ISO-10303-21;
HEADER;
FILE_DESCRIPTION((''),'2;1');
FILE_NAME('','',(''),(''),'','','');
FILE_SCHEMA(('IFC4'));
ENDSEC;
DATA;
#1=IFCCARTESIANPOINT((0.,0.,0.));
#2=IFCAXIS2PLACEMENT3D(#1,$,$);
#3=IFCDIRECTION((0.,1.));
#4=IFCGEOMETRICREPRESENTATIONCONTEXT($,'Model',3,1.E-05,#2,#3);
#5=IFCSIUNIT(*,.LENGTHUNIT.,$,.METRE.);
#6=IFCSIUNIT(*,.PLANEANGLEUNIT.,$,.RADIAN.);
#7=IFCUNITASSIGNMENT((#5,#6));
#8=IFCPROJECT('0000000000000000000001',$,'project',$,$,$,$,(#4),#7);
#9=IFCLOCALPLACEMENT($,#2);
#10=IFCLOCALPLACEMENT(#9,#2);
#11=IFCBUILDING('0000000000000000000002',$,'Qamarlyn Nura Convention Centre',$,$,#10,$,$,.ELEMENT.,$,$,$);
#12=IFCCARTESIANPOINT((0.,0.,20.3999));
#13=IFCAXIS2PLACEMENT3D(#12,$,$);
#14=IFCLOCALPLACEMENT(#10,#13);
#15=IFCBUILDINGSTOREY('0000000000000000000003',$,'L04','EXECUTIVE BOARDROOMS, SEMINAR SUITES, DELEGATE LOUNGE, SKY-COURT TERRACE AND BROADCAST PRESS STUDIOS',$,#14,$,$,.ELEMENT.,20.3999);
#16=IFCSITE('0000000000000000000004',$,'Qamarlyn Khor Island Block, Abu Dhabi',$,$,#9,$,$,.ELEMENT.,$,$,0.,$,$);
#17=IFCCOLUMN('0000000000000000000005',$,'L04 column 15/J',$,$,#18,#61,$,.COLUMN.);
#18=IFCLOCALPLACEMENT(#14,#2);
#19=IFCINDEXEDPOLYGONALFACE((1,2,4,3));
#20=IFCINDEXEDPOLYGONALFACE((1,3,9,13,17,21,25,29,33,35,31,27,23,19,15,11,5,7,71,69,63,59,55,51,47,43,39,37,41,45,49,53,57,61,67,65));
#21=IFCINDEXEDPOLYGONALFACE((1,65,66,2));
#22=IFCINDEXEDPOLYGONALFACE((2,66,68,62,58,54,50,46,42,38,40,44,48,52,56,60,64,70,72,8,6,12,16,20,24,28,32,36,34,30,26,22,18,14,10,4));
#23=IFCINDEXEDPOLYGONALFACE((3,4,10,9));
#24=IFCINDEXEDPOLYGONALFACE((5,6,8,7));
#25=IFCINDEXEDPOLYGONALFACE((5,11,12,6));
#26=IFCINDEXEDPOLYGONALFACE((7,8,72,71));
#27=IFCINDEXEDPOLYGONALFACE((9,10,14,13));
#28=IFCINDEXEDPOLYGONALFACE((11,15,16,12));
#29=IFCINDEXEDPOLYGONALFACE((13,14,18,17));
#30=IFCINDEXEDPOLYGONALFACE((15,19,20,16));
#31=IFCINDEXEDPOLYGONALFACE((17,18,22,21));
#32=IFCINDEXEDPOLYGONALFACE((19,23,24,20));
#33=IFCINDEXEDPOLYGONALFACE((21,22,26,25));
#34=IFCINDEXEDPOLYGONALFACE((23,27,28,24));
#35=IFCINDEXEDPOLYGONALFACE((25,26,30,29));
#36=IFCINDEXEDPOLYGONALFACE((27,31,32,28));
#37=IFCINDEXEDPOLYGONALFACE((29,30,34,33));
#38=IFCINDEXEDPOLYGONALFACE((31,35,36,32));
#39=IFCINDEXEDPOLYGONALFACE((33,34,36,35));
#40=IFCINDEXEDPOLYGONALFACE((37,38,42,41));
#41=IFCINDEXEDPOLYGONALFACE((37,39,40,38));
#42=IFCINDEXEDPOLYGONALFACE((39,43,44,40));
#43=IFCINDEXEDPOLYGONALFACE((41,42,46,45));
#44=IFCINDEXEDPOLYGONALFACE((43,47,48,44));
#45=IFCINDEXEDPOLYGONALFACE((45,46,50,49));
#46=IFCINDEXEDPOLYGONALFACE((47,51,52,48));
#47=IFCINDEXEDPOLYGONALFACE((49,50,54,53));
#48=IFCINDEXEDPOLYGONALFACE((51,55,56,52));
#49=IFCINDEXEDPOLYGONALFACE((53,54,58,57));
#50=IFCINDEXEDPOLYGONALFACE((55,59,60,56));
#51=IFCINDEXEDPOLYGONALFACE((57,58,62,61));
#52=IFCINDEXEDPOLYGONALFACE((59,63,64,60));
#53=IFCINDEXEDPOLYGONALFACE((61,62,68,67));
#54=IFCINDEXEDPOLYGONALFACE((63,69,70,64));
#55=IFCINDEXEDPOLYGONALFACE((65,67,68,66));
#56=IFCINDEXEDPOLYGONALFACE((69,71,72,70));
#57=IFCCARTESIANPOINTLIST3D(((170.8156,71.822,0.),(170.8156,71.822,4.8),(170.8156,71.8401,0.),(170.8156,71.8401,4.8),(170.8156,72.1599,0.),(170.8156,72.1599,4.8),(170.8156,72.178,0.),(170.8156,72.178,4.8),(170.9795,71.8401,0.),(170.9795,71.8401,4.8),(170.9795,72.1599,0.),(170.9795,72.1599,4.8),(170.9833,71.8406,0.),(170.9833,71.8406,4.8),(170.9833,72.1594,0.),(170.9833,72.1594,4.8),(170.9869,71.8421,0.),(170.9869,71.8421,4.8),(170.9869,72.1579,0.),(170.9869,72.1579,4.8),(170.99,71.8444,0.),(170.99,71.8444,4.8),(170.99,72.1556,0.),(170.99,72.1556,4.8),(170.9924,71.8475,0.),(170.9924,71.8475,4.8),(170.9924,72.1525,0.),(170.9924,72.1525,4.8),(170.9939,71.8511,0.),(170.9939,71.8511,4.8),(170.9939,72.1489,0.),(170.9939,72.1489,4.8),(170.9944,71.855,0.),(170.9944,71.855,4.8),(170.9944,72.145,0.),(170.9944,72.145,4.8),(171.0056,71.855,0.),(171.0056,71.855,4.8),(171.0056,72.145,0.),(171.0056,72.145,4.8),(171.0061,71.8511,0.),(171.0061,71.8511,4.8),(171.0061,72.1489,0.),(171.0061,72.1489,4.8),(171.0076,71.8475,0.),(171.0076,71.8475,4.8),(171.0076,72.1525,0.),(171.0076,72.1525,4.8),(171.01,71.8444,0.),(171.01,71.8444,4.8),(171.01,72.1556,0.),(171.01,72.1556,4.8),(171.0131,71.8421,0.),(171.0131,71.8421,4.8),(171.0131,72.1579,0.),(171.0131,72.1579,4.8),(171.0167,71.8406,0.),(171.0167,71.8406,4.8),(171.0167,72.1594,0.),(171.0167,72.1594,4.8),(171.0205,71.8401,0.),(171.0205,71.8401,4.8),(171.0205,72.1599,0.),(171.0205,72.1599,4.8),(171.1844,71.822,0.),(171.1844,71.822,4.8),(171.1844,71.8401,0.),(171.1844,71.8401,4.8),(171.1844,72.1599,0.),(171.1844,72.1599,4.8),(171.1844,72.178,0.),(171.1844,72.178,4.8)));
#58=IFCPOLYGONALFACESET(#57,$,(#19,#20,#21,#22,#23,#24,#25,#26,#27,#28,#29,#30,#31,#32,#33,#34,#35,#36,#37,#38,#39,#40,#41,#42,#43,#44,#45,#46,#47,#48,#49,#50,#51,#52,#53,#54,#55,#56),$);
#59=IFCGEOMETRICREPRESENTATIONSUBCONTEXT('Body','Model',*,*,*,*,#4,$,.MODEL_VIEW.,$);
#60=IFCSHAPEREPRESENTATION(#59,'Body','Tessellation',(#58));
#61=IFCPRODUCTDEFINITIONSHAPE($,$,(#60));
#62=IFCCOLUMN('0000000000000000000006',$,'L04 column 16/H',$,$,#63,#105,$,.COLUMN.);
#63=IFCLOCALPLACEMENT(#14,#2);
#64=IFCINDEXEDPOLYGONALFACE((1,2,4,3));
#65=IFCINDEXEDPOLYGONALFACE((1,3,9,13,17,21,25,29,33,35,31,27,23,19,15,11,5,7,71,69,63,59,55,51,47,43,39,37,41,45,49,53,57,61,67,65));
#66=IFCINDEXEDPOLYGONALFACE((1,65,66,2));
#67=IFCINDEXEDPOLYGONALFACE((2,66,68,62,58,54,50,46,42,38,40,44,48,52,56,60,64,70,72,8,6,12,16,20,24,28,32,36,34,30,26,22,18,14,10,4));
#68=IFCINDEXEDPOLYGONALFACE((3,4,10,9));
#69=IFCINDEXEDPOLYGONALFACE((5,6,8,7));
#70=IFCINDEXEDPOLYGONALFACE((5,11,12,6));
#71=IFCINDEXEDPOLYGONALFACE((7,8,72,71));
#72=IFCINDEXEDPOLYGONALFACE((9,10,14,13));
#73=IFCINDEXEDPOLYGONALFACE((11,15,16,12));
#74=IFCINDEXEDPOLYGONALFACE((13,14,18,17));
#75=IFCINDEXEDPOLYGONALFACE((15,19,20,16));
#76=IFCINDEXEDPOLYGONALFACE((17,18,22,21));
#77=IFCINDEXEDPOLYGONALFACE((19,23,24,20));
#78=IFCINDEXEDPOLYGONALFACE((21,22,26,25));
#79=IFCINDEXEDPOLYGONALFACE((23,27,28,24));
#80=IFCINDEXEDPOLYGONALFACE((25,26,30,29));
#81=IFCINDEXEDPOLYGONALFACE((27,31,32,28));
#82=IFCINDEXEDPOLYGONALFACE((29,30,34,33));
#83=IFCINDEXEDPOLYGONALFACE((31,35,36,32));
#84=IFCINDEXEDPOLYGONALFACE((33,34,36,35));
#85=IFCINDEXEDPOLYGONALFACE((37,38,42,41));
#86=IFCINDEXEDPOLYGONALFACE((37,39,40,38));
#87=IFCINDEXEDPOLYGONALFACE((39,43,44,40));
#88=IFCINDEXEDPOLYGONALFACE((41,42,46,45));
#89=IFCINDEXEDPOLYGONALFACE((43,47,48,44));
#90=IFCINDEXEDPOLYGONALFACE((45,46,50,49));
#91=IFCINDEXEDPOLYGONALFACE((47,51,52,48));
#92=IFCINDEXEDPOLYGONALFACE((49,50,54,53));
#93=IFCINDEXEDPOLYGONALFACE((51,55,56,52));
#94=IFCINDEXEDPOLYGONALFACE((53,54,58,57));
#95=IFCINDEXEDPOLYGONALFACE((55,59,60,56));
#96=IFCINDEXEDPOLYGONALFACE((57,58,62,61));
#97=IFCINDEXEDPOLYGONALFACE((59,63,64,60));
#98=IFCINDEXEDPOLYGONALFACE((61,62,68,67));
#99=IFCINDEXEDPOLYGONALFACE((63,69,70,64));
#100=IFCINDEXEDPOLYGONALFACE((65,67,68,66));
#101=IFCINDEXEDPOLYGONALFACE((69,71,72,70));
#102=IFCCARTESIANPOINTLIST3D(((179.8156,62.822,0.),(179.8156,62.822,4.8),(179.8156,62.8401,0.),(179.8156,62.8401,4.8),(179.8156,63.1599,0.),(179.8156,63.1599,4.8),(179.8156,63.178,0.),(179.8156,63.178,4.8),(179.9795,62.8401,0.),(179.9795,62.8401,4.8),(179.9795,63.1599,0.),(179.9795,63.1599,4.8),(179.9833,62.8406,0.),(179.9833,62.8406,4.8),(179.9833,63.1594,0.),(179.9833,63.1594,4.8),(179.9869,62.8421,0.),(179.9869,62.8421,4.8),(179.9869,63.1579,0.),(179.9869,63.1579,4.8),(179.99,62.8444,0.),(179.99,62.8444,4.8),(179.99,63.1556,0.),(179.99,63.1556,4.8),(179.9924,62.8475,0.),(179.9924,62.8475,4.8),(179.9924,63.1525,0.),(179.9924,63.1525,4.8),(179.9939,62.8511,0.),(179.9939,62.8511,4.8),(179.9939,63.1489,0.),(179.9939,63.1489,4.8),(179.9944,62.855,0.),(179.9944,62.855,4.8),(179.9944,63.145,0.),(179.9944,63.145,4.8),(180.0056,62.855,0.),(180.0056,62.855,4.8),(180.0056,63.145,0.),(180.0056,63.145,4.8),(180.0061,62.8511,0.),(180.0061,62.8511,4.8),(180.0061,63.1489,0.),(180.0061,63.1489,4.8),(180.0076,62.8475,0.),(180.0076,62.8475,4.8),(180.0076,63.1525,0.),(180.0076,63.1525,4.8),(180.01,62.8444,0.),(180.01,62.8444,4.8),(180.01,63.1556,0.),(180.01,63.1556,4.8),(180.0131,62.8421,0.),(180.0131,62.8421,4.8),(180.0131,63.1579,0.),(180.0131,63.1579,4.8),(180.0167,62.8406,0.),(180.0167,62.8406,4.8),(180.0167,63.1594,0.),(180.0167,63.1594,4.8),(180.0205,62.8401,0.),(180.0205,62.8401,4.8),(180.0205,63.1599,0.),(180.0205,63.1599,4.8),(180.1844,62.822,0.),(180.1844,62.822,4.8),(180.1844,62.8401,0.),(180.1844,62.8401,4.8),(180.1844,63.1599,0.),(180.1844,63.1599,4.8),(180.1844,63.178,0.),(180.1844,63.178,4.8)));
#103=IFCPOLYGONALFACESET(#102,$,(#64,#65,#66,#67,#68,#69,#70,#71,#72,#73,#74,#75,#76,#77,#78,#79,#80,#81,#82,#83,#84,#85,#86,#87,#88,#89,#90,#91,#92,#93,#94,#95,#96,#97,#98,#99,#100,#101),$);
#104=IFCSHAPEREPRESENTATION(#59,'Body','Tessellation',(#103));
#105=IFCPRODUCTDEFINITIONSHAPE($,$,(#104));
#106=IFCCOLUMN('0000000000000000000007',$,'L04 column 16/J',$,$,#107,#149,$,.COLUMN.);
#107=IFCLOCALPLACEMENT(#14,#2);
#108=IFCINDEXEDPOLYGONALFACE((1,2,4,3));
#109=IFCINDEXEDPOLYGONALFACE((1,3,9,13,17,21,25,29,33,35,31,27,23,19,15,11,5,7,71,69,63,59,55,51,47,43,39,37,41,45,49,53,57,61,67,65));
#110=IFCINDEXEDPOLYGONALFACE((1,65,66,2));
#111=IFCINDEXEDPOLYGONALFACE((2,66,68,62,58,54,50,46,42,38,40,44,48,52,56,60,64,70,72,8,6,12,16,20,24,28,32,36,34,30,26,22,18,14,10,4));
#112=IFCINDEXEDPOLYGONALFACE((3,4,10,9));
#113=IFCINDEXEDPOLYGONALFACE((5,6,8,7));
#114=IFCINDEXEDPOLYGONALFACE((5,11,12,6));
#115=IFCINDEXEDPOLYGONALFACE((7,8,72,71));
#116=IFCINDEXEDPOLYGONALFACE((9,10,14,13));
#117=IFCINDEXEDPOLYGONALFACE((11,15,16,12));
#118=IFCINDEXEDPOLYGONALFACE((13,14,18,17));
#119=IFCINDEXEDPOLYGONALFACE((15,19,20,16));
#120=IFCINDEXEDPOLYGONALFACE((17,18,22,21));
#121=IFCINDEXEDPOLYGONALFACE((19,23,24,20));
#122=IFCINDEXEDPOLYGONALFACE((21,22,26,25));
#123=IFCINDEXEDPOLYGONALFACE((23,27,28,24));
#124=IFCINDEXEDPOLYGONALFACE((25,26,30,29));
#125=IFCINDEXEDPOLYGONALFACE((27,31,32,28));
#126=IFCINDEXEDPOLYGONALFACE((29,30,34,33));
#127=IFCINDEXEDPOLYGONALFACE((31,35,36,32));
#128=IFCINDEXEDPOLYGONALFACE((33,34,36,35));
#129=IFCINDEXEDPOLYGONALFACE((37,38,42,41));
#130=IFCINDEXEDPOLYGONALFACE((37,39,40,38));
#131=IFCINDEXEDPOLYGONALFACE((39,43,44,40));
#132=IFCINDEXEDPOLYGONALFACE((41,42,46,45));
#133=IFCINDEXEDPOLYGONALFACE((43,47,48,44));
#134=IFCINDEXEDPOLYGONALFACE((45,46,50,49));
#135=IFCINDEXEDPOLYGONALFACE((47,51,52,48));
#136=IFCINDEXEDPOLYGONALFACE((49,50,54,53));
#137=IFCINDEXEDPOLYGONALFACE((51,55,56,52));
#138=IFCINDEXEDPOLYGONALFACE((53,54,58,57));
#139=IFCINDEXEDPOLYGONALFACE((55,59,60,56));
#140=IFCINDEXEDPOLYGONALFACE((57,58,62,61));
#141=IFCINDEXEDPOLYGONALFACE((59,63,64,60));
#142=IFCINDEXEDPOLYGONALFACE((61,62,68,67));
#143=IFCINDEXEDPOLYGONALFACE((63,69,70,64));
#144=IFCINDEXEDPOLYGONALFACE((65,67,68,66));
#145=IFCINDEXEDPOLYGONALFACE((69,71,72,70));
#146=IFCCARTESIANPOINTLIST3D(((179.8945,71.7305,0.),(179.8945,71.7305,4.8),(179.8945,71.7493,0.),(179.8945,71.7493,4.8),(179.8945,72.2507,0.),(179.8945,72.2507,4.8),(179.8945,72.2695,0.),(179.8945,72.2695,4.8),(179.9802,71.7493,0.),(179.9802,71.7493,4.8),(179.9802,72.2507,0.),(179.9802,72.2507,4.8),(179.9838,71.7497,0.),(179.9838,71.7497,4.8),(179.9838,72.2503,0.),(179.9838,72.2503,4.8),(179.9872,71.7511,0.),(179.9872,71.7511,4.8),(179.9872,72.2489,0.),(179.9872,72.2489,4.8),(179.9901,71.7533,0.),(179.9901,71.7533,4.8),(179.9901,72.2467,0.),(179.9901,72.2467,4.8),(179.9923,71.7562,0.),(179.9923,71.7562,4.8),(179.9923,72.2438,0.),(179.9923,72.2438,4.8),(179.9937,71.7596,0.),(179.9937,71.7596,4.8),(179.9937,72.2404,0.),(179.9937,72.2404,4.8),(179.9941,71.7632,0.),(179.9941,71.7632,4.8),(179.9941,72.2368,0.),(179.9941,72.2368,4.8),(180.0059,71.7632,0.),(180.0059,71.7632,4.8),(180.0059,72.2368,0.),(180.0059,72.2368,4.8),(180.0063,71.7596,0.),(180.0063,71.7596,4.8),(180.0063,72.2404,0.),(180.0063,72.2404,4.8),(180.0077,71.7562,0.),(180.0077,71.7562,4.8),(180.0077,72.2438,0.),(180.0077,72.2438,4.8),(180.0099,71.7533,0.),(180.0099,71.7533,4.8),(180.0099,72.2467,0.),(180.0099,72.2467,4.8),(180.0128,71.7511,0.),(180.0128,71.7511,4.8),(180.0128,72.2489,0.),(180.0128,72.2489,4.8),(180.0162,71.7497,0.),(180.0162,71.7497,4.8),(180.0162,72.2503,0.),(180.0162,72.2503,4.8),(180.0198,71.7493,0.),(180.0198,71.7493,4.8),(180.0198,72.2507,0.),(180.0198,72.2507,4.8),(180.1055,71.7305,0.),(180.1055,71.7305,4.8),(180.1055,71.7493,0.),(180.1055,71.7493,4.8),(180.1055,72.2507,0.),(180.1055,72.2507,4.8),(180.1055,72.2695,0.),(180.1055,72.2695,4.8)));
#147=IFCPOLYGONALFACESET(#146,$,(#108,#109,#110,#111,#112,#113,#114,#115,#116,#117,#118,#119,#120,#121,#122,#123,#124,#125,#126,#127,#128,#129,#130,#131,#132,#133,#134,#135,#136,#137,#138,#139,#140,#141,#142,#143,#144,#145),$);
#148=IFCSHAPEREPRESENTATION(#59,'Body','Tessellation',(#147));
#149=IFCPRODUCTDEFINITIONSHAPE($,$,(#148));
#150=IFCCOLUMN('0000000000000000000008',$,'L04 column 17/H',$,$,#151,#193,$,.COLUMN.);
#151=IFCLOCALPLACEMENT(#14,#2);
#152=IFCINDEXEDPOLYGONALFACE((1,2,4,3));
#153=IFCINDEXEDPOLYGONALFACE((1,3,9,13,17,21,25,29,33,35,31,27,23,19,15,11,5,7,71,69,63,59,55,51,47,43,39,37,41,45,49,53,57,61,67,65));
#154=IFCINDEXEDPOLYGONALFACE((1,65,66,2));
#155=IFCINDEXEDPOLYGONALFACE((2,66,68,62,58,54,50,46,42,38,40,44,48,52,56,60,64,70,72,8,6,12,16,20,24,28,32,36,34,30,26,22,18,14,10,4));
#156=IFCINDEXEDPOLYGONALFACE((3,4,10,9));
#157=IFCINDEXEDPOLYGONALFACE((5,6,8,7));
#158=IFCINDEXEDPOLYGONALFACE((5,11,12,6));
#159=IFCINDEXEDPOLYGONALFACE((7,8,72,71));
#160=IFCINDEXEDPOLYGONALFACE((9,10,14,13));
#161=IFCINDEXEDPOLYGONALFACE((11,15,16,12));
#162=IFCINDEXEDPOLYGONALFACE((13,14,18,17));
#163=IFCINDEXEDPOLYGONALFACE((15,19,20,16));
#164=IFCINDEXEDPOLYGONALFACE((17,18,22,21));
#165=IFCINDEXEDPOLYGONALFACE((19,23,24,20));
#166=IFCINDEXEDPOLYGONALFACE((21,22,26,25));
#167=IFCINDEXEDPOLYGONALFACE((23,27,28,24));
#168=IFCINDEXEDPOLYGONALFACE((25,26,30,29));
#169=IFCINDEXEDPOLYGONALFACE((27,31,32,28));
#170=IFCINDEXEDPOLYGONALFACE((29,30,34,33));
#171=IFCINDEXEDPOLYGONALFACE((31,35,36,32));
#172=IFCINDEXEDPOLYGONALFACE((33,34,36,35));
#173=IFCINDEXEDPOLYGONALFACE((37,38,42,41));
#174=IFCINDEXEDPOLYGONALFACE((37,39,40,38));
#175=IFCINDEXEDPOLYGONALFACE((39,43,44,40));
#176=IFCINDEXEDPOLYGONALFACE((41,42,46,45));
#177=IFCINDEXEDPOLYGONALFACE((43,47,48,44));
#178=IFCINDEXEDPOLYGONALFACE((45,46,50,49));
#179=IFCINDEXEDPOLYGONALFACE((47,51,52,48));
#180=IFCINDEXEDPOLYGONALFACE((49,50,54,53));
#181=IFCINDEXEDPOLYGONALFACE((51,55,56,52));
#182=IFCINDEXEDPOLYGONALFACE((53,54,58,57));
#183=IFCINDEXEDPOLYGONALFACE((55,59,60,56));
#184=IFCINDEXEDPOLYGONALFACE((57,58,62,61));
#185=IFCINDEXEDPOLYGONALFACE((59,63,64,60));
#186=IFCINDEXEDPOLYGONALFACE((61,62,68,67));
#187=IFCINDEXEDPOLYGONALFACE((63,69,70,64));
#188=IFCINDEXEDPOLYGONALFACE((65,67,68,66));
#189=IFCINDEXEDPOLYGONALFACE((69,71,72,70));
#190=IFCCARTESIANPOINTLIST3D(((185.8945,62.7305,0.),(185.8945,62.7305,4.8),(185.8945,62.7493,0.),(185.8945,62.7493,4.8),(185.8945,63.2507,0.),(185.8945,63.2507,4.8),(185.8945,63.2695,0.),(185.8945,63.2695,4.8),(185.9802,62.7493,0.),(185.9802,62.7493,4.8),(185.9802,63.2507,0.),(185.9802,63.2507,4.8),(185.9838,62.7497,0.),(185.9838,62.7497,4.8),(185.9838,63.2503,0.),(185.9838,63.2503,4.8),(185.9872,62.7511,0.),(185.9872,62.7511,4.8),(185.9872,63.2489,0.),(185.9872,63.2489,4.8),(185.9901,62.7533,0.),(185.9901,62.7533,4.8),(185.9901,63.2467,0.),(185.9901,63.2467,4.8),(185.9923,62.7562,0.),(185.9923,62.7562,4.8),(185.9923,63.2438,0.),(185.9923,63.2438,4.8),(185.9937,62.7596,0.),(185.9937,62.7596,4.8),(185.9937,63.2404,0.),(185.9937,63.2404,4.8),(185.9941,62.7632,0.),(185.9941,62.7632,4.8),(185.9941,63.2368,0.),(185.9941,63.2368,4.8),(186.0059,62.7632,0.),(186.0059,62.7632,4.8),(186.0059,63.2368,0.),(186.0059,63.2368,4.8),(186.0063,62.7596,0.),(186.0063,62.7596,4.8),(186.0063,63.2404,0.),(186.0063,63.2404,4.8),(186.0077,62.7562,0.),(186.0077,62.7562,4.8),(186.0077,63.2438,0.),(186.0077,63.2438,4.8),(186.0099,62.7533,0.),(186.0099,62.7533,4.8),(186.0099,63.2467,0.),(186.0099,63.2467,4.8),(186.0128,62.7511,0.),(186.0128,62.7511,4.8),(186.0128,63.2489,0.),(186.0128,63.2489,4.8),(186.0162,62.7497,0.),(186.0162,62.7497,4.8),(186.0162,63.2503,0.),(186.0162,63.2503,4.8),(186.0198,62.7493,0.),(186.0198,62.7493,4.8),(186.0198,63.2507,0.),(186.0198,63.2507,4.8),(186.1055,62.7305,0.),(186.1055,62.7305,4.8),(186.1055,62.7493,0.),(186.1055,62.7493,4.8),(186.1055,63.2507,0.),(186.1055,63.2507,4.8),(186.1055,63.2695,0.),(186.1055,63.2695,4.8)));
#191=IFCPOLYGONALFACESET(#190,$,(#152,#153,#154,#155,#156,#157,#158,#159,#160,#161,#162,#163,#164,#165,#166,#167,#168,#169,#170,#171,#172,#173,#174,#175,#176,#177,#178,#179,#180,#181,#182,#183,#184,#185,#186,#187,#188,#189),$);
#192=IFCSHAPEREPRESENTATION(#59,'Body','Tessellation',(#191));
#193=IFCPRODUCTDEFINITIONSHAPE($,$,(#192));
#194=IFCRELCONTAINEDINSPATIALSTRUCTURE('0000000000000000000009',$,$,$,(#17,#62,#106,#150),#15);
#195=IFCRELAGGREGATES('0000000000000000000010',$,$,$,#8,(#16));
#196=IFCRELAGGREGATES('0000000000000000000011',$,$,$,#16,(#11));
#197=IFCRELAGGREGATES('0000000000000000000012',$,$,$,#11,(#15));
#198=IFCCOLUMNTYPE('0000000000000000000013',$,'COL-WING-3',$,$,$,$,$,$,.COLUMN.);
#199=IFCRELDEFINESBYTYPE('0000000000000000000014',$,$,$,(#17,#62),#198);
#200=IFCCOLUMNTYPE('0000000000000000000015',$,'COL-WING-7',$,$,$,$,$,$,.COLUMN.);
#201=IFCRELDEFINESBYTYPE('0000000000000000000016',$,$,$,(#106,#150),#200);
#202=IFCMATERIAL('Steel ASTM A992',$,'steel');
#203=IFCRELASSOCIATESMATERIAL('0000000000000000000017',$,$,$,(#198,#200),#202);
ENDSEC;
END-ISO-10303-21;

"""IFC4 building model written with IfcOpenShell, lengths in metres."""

from ifc_helpers import new_model, si_unit, direction, frame, origin, origin_2d, place, context, subcontext, project, spatial, i_section, extrude, material, material_profile, profile_set, type_object, element, save


model = new_model("IFC4")

# Units and contexts
model_context = context("Model", 3, precision=1e-05, world=origin(), true_north=direction((0.0, 1.0)))
body_context = subcontext(model_context, "Body", "Model", "MODEL_VIEW")
ifc_project = project(units=[si_unit("LENGTHUNIT", "METRE"), si_unit("PLANEANGLEUNIT", "RADIAN")], contexts=[model_context])

# Site, building, storey
site_placement = place(None, origin())
site = spatial("IfcSite", under=ifc_project, at=site_placement, Name="Qamarlyn Khor Island Block, Abu Dhabi", CompositionType="ELEMENT", RefElevation=0.0)
building_placement = place(site_placement, origin())
building = spatial("IfcBuilding", under=site, at=building_placement, Name="Qamarlyn Nura Convention Centre", CompositionType="ELEMENT")
storey_placement = place(building_placement, frame((0.0, 0.0, 20.3999)))
storey = spatial("IfcBuildingStorey", under=building, at=storey_placement, Name="L04", Description="EXECUTIVE BOARDROOMS, SEMINAR SUITES, DELEGATE LOUNGE, SKY-COURT TERRACE AND BROADCAST PRESS STUDIOS", CompositionType="ELEMENT", Elevation=20.3999)

# Columns
ifc_material_1 = material(Name="Steel ASTM A992", Category="steel")
ifc_material_profile_1 = material_profile(ifc_material_1, i_section(OverallWidth=0.3689, OverallDepth=0.356, WebThickness=0.0112, FlangeThickness=0.0181, FilletRadius=0.0149, at=origin_2d()), Name="W360X134")
ifc_profile_set_1 = profile_set([ifc_material_profile_1], Name="Steel ASTM A992")
column_type_1 = type_object("IfcColumnType", Name="COL-WING-3", PredefinedType="COLUMN", material=ifc_profile_set_1)
for number, where, z_axis, x_axis, name in (
    (1, (171.0, 72.0, 0.0), (0.0, 0.0, 1.0), (1.0, 0.0, 0.0), "L04 column 15/J"),
    (2, (180.0, 63.0, 0.0), (0.0, 0.0, 1.0), (1.0, 0.0, 0.0), "L04 column 16/H"),
):
    element("IfcColumn", number, at=place(storey_placement, frame(where, z_axis=z_axis, x_axis=x_axis)), inside=storey, type_object=column_type_1, Name=name, PredefinedType="COLUMN", context=body_context, shape_type="SweptSolid", body=[
        extrude(i_section(OverallWidth=0.3689, OverallDepth=0.356, WebThickness=0.0112, FlangeThickness=0.0181, FilletRadius=0.0149, at=origin_2d()), origin(), (0.0, 0.0, 1.0), 4.8),
    ])
ifc_material_profile_2 = material_profile(ifc_material_1, i_section(OverallWidth=0.2109, OverallDepth=0.5391, WebThickness=0.0117, FlangeThickness=0.0188, FilletRadius=0.0139, at=origin_2d()), Name="W530X109")
ifc_profile_set_2 = profile_set([ifc_material_profile_2], Name="Steel ASTM A992")
column_type_2 = type_object("IfcColumnType", Name="COL-WING-7", PredefinedType="COLUMN", material=ifc_profile_set_2)
for number, where, z_axis, x_axis, name in (
    (3, (180.0, 72.0, 0.0), (0.0, 0.0, 1.0), (1.0, 0.0, 0.0), "L04 column 16/J"),
    (4, (186.0, 63.0, 0.0), (0.0, 0.0, 1.0), (1.0, 0.0, 0.0), "L04 column 17/H"),
):
    element("IfcColumn", number, at=place(storey_placement, frame(where, z_axis=z_axis, x_axis=x_axis)), inside=storey, type_object=column_type_2, Name=name, PredefinedType="COLUMN", context=body_context, shape_type="SweptSolid", body=[
        extrude(i_section(OverallWidth=0.2109, OverallDepth=0.5391, WebThickness=0.0117, FlangeThickness=0.0188, FilletRadius=0.0139, at=origin_2d()), origin(), (0.0, 0.0, 1.0), 4.8),
    ])

save(model, "model.ifc")
